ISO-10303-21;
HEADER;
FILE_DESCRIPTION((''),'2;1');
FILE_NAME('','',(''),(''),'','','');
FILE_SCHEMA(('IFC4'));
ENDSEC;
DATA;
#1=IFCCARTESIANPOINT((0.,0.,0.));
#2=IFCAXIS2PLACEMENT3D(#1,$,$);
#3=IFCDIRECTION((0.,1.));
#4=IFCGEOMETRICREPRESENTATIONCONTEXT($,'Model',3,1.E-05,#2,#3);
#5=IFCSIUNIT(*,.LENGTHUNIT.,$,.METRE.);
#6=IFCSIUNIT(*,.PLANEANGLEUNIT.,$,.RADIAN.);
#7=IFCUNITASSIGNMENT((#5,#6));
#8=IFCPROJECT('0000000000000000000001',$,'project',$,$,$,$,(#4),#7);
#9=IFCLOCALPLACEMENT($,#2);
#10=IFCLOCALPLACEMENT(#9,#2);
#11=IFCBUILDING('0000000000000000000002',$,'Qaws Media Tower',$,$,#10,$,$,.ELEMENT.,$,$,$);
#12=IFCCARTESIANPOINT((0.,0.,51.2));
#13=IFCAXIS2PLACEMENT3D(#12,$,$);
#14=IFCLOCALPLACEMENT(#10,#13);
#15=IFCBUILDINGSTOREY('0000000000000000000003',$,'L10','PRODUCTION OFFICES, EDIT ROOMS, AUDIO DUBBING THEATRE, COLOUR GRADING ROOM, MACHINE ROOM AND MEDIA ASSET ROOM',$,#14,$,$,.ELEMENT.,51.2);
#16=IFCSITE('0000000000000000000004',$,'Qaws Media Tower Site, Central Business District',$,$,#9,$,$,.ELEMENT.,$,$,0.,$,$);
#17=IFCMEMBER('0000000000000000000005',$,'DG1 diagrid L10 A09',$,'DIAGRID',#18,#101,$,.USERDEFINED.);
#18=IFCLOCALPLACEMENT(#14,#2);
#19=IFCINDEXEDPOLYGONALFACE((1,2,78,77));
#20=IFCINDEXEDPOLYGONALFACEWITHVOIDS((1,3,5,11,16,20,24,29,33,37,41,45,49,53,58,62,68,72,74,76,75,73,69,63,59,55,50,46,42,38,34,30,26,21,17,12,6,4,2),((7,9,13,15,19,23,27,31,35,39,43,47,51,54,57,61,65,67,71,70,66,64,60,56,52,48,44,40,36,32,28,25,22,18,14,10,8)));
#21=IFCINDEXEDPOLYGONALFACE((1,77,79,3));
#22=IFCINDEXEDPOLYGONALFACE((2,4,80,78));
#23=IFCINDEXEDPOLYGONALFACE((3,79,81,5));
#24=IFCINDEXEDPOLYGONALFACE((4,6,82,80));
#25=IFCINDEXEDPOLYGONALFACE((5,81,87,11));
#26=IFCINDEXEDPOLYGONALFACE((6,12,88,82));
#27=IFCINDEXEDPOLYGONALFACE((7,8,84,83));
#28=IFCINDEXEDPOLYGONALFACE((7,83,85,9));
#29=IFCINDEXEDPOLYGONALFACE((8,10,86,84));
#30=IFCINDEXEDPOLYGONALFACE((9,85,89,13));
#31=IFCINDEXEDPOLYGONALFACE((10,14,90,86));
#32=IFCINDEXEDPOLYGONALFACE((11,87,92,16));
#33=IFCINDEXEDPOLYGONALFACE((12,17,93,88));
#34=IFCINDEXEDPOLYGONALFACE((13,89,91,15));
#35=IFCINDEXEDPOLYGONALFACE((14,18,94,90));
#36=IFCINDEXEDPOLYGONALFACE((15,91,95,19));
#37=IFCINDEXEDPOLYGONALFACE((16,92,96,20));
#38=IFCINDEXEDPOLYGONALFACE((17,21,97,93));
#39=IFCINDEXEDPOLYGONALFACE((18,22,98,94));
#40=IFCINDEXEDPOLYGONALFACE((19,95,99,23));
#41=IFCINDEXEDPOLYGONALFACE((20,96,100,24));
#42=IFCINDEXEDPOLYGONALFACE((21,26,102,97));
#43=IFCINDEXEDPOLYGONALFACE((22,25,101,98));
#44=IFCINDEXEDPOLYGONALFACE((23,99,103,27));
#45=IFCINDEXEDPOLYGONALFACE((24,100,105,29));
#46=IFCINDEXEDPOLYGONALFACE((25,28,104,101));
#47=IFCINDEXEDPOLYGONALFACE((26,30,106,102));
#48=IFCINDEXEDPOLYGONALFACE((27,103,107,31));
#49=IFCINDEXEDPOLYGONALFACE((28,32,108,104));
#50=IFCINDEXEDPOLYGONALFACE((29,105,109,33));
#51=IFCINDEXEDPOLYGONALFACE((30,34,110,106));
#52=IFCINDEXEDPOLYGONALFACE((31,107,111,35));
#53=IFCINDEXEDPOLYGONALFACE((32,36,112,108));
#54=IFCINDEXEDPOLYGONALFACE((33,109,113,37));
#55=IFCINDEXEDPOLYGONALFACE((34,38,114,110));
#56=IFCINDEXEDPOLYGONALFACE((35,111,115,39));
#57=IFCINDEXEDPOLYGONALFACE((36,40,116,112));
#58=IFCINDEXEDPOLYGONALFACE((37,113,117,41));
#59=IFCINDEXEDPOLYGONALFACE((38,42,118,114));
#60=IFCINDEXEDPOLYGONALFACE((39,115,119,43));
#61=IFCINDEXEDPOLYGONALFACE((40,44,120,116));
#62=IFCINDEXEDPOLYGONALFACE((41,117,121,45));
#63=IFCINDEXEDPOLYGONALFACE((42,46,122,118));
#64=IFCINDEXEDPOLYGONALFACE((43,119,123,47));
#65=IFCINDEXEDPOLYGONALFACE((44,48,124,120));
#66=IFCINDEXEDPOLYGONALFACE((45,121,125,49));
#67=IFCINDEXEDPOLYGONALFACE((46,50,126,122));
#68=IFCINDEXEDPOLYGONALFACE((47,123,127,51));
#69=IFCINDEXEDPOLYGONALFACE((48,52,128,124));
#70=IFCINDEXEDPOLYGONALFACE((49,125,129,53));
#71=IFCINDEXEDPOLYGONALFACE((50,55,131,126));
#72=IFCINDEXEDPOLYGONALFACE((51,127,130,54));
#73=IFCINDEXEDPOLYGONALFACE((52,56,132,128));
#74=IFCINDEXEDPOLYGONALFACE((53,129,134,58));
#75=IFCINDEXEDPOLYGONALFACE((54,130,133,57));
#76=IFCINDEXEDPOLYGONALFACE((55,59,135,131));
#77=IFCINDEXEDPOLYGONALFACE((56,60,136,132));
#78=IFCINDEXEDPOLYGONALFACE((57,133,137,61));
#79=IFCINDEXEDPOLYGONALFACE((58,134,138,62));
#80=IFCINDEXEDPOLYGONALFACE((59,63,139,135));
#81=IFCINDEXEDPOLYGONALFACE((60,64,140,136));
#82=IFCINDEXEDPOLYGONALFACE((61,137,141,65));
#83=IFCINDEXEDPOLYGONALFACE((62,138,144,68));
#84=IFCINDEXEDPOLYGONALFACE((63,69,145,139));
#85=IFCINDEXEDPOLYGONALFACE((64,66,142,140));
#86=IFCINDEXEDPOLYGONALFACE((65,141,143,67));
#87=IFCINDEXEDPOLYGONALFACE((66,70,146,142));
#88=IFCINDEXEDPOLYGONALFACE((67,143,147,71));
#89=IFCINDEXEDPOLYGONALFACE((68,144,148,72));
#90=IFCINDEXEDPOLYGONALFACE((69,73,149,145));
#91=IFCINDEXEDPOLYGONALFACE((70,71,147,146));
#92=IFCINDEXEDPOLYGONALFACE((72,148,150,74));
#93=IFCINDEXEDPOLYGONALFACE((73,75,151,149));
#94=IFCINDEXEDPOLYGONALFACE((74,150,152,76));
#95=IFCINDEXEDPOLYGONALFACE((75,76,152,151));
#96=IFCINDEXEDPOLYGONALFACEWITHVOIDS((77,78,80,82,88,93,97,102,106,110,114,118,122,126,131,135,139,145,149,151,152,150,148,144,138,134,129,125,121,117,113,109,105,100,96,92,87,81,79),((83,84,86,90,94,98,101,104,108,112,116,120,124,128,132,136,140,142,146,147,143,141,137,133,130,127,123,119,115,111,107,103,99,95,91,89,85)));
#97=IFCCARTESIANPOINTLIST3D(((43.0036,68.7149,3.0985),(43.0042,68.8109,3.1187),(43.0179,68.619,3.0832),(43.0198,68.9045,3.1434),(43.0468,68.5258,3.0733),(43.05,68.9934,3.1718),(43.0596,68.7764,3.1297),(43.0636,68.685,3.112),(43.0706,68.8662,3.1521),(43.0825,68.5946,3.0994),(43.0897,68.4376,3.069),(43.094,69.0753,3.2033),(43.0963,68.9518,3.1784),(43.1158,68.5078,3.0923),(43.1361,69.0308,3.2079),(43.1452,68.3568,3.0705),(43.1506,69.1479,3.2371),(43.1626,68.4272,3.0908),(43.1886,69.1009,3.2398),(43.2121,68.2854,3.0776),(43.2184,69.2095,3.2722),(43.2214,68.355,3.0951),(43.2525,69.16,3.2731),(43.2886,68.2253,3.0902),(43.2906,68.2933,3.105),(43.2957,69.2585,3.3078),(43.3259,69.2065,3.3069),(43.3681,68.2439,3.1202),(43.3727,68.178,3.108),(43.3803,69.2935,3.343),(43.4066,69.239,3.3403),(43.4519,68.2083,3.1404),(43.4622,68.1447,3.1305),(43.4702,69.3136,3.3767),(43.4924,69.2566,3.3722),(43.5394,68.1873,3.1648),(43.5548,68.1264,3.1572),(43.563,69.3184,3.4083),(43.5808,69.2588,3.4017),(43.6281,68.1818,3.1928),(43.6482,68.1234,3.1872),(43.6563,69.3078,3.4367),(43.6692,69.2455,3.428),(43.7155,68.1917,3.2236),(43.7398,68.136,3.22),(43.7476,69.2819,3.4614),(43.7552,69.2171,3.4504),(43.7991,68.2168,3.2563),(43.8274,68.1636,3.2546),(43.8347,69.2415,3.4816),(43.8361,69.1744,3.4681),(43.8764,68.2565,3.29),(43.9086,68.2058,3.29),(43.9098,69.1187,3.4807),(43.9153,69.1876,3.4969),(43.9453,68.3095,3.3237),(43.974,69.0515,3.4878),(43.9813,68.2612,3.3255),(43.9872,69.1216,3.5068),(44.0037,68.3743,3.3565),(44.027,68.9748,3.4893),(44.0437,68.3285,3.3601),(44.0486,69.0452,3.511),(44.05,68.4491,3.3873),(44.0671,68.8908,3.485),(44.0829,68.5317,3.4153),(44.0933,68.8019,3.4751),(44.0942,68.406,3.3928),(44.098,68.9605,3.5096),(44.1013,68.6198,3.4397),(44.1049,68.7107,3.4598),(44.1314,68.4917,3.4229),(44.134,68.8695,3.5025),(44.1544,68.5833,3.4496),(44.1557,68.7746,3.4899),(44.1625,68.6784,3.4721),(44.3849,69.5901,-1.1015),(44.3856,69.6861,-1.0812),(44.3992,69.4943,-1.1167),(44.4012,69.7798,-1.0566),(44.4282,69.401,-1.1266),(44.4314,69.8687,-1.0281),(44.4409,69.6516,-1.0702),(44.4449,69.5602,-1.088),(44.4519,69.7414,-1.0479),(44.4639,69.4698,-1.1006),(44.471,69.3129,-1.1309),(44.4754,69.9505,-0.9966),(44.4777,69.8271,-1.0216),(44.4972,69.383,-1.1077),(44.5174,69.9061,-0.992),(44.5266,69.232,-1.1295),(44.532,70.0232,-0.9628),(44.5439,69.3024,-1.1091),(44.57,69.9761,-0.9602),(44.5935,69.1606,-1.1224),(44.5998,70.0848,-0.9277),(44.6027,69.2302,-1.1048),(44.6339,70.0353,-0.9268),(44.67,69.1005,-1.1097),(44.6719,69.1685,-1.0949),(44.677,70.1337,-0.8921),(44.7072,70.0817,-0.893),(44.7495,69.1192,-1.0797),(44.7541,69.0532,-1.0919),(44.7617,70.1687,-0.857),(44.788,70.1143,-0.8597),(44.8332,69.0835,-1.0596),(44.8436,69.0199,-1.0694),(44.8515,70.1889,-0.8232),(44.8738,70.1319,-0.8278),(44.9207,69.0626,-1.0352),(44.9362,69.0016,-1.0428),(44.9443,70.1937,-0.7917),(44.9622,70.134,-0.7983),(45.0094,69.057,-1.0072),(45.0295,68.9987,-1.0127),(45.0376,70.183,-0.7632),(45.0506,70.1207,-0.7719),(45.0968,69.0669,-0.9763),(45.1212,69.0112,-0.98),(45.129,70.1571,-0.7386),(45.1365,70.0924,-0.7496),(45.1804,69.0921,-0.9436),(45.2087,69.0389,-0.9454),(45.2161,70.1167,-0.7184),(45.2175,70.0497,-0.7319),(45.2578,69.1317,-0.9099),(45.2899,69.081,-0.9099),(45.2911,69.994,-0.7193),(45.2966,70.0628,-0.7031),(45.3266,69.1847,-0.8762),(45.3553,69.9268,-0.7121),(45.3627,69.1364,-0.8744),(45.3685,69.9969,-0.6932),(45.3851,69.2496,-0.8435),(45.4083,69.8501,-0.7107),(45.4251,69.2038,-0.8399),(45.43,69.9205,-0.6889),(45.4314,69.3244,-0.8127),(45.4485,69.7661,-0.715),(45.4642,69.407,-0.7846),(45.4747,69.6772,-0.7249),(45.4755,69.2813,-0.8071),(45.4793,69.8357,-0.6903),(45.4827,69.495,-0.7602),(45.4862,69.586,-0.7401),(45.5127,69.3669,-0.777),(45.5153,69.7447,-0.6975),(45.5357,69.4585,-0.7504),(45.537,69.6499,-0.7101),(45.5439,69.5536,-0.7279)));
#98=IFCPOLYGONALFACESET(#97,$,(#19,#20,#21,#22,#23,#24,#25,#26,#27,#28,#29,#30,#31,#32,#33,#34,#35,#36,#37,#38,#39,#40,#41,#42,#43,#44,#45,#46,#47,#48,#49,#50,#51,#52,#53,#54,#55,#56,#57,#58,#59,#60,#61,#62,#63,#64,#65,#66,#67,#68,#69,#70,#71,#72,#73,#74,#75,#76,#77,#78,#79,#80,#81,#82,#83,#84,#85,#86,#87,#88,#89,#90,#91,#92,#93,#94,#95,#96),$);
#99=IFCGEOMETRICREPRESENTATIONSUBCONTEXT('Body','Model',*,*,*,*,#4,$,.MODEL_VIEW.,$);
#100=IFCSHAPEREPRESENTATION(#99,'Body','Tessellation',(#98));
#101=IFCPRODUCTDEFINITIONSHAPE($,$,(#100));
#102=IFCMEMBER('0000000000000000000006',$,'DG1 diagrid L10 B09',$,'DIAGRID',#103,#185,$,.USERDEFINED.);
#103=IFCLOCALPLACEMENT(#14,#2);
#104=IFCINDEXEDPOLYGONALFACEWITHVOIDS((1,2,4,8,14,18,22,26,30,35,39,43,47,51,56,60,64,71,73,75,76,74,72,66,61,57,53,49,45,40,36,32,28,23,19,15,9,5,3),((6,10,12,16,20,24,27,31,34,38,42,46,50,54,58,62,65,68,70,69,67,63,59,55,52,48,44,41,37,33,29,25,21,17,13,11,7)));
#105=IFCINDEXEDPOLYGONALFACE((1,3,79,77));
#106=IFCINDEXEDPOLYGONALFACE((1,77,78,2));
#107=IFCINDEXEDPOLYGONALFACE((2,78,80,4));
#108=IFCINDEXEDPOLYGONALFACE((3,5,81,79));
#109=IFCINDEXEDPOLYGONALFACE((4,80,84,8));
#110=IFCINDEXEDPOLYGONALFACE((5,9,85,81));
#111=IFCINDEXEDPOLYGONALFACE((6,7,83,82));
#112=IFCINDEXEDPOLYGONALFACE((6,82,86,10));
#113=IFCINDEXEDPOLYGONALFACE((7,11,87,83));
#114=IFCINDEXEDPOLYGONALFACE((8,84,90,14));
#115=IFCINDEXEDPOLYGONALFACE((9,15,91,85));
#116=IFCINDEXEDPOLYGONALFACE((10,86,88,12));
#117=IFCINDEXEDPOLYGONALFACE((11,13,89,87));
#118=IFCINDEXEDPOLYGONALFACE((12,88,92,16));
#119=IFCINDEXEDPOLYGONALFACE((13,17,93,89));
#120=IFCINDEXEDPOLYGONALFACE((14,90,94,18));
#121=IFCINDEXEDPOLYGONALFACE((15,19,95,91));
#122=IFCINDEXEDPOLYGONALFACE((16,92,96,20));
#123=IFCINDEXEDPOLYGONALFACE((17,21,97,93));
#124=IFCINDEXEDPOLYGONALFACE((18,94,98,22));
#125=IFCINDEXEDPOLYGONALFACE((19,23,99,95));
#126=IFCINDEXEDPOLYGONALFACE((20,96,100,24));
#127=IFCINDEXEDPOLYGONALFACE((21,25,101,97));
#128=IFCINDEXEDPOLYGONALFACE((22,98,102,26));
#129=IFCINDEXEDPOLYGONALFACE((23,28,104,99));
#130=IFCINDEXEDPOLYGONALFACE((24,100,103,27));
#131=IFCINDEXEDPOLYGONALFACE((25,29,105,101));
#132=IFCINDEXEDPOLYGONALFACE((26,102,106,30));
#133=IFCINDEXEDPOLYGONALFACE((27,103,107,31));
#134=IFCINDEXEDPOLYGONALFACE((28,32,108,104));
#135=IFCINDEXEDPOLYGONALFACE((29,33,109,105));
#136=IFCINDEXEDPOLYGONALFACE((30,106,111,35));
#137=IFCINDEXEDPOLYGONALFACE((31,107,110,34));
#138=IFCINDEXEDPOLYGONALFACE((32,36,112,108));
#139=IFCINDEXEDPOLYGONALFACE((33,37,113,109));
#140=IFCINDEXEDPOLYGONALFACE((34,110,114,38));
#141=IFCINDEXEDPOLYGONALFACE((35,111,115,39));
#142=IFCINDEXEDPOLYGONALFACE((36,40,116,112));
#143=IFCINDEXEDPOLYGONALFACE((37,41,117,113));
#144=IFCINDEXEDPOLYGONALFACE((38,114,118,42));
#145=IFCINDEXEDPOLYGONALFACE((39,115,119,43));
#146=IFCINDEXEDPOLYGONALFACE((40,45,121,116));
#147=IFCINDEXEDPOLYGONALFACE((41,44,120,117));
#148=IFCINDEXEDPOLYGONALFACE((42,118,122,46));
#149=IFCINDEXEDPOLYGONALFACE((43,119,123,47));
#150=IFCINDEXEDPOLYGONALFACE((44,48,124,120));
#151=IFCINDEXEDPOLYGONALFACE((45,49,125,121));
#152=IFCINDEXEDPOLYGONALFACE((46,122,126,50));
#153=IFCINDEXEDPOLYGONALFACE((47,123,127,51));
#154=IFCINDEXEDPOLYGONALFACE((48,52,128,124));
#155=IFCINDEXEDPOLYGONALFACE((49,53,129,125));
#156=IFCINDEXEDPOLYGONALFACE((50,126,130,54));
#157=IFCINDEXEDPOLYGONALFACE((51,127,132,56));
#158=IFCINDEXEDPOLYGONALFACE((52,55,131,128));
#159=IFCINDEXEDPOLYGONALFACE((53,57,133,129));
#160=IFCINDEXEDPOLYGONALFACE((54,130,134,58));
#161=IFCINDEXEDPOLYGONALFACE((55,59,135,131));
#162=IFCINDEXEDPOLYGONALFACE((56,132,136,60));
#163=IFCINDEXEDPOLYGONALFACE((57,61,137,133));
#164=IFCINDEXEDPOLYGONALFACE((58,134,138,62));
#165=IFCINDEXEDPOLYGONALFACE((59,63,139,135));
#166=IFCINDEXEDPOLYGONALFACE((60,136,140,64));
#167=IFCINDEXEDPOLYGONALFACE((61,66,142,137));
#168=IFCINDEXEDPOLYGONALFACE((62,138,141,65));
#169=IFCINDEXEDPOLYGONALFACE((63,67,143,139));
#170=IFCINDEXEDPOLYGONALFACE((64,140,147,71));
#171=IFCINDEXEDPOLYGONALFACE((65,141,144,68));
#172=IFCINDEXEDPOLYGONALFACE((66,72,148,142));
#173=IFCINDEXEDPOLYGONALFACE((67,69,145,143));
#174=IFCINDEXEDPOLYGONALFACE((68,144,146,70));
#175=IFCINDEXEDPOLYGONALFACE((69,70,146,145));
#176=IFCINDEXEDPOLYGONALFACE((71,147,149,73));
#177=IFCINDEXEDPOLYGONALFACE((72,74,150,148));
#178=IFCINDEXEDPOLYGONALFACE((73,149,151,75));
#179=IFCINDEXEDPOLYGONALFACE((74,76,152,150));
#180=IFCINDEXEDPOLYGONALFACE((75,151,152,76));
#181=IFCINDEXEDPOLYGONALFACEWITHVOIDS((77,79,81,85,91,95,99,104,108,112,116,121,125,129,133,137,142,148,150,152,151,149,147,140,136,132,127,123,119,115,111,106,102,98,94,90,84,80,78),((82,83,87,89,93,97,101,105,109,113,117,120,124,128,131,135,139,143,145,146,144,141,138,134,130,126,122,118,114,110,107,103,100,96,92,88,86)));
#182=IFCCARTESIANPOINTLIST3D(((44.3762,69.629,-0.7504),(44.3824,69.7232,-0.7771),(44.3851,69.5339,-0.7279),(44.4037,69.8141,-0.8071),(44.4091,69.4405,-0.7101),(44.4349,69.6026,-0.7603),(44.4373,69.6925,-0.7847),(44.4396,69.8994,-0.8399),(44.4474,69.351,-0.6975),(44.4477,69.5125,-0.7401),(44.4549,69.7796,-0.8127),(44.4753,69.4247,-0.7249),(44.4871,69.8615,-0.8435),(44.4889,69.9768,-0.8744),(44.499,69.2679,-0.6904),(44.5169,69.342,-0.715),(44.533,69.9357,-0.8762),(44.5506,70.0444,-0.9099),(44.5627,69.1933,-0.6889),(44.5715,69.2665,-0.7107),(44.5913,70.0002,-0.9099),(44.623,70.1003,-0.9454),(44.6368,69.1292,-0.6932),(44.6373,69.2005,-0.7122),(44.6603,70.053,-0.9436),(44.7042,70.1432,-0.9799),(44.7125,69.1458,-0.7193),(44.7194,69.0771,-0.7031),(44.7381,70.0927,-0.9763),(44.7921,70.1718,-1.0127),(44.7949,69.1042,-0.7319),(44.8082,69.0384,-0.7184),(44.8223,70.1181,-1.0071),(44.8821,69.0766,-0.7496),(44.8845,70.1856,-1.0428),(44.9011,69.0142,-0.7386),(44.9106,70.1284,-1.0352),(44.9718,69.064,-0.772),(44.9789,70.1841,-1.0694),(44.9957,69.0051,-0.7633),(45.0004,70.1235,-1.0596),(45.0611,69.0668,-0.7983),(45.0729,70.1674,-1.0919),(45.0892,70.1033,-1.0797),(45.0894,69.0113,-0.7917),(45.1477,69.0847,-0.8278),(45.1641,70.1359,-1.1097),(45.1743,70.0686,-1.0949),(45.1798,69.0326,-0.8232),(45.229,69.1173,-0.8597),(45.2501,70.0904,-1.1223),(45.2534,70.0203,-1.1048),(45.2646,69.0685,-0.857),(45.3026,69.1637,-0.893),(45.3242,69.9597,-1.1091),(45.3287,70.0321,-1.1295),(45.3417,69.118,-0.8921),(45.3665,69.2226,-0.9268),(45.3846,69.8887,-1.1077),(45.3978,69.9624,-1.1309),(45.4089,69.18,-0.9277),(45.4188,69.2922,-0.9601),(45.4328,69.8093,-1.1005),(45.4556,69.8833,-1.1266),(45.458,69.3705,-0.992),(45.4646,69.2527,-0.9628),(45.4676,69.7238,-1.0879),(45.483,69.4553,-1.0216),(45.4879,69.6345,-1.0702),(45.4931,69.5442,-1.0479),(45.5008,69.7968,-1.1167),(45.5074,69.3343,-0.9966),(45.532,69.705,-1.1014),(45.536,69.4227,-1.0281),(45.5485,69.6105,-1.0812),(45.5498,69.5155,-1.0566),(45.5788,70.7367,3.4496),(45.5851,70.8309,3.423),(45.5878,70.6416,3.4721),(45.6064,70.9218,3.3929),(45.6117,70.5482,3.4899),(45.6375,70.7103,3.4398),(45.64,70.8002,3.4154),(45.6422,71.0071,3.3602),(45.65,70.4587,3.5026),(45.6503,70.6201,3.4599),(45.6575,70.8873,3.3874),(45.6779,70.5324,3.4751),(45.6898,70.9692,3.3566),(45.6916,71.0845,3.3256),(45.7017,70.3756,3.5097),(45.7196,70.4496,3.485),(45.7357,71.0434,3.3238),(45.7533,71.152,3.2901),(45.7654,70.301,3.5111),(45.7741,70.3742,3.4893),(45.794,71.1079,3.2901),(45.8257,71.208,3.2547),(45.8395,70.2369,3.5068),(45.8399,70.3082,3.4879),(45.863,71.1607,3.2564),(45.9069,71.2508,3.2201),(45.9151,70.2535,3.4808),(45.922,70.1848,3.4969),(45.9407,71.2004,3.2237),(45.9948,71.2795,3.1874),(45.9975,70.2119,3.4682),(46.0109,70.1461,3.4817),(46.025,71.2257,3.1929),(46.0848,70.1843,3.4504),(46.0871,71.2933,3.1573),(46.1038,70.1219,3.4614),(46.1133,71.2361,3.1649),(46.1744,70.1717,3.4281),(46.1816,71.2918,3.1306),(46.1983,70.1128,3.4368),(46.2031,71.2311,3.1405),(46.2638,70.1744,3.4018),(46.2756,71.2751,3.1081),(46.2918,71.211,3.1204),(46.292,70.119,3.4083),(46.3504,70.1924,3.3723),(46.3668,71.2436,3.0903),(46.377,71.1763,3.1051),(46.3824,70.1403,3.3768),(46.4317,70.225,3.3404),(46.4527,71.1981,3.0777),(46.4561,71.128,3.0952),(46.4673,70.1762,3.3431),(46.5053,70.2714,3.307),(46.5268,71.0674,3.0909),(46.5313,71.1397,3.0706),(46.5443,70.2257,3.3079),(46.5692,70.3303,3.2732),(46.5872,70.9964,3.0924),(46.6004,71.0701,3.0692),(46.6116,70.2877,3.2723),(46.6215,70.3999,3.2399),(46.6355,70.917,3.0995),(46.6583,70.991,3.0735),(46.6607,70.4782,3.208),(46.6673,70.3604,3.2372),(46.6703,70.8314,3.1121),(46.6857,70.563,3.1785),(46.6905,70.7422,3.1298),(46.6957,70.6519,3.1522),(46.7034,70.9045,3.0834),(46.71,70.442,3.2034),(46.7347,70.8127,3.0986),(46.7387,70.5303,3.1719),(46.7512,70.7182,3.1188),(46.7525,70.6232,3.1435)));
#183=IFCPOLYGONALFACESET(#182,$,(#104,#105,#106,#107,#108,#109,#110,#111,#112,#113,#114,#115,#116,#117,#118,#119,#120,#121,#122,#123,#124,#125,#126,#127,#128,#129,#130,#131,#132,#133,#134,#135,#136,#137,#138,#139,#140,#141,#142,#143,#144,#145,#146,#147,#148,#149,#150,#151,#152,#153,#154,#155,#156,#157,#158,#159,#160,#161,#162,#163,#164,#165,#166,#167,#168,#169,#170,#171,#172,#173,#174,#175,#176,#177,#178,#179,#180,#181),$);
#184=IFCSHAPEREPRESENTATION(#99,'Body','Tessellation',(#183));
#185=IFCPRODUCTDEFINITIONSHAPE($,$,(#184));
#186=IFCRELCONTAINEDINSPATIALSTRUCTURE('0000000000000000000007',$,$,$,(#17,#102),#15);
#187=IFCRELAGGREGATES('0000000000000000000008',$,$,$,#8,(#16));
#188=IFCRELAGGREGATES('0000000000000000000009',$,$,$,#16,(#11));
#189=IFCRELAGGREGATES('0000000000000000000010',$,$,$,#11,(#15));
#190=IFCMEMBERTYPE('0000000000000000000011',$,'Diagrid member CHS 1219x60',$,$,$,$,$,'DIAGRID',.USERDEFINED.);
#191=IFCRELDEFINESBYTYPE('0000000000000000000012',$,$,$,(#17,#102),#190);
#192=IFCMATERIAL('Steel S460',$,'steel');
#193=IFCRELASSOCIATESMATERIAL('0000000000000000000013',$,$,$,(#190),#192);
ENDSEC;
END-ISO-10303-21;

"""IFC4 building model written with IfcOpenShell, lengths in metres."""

from ifc_helpers import new_model, si_unit, direction, frame, origin, origin_2d, place, context, subcontext, project, spatial, hollow_circle, extrude, material, material_profile, profile_set, type_object, element, save


model = new_model("IFC4")

# Units and contexts
model_context = context("Model", 3, precision=1e-05, world=origin(), true_north=direction((0.0, 1.0)))
body_context = subcontext(model_context, "Body", "Model", "MODEL_VIEW")
ifc_project = project(units=[si_unit("LENGTHUNIT", "METRE"), si_unit("PLANEANGLEUNIT", "RADIAN")], contexts=[model_context])

# Site, building, storey
site_placement = place(None, origin())
site = spatial("IfcSite", under=ifc_project, at=site_placement, Name="Qaws Media Tower Site, Central Business District", CompositionType="ELEMENT", RefElevation=0.0)
building_placement = place(site_placement, origin())
building = spatial("IfcBuilding", under=site, at=building_placement, Name="Qaws Media Tower", CompositionType="ELEMENT")
storey_placement = place(building_placement, frame((0.0, 0.0, 51.2)))
storey = spatial("IfcBuildingStorey", under=building, at=storey_placement, Name="L10", Description="PRODUCTION OFFICES, EDIT ROOMS, AUDIO DUBBING THEATRE, COLOUR GRADING ROOM, MACHINE ROOM AND MEDIA ASSET ROOM", CompositionType="ELEMENT", Elevation=51.2)

# Members
ifc_material_1 = material(Name="Steel S460", Category="steel")
ifc_material_profile_1 = material_profile(ifc_material_1, hollow_circle(Radius=0.6096, WallThickness=0.0601, at=origin_2d()), Name="CHS 1219x60")
ifc_profile_set_1 = profile_set([ifc_material_profile_1], Name="Steel S460")
member_type_1 = type_object("IfcMemberType", Name="Diagrid member CHS 1219x60", ElementType="DIAGRID", PredefinedType="USERDEFINED", material=ifc_profile_set_1)
for number, where, z_axis, x_axis, name in (
    (1, (44.9636, 69.5959, -0.9099), (-0.306484, -0.194193, 0.931857), (0.535223, -0.844711, 0.0), "DG1 diagrid L10 A09"),
    (2, (44.9636, 69.5959, -0.9099), (0.266839, 0.245767, 0.931877), (-0.677467, 0.735553, 0.0), "DG1 diagrid L10 B09"),
):
    element("IfcMember", number, at=place(storey_placement, frame(where, z_axis=z_axis, x_axis=x_axis)), inside=storey, type_object=member_type_1, Name=name, ObjectType="DIAGRID", PredefinedType="USERDEFINED", context=body_context, shape_type="SweptSolid", body=[
        extrude(hollow_circle(Radius=0.6096, WallThickness=0.0601, at=origin_2d()), origin(), (0.0, 0.0, 1.0), 4.5071),
    ])

save(model, "model.ifc")
